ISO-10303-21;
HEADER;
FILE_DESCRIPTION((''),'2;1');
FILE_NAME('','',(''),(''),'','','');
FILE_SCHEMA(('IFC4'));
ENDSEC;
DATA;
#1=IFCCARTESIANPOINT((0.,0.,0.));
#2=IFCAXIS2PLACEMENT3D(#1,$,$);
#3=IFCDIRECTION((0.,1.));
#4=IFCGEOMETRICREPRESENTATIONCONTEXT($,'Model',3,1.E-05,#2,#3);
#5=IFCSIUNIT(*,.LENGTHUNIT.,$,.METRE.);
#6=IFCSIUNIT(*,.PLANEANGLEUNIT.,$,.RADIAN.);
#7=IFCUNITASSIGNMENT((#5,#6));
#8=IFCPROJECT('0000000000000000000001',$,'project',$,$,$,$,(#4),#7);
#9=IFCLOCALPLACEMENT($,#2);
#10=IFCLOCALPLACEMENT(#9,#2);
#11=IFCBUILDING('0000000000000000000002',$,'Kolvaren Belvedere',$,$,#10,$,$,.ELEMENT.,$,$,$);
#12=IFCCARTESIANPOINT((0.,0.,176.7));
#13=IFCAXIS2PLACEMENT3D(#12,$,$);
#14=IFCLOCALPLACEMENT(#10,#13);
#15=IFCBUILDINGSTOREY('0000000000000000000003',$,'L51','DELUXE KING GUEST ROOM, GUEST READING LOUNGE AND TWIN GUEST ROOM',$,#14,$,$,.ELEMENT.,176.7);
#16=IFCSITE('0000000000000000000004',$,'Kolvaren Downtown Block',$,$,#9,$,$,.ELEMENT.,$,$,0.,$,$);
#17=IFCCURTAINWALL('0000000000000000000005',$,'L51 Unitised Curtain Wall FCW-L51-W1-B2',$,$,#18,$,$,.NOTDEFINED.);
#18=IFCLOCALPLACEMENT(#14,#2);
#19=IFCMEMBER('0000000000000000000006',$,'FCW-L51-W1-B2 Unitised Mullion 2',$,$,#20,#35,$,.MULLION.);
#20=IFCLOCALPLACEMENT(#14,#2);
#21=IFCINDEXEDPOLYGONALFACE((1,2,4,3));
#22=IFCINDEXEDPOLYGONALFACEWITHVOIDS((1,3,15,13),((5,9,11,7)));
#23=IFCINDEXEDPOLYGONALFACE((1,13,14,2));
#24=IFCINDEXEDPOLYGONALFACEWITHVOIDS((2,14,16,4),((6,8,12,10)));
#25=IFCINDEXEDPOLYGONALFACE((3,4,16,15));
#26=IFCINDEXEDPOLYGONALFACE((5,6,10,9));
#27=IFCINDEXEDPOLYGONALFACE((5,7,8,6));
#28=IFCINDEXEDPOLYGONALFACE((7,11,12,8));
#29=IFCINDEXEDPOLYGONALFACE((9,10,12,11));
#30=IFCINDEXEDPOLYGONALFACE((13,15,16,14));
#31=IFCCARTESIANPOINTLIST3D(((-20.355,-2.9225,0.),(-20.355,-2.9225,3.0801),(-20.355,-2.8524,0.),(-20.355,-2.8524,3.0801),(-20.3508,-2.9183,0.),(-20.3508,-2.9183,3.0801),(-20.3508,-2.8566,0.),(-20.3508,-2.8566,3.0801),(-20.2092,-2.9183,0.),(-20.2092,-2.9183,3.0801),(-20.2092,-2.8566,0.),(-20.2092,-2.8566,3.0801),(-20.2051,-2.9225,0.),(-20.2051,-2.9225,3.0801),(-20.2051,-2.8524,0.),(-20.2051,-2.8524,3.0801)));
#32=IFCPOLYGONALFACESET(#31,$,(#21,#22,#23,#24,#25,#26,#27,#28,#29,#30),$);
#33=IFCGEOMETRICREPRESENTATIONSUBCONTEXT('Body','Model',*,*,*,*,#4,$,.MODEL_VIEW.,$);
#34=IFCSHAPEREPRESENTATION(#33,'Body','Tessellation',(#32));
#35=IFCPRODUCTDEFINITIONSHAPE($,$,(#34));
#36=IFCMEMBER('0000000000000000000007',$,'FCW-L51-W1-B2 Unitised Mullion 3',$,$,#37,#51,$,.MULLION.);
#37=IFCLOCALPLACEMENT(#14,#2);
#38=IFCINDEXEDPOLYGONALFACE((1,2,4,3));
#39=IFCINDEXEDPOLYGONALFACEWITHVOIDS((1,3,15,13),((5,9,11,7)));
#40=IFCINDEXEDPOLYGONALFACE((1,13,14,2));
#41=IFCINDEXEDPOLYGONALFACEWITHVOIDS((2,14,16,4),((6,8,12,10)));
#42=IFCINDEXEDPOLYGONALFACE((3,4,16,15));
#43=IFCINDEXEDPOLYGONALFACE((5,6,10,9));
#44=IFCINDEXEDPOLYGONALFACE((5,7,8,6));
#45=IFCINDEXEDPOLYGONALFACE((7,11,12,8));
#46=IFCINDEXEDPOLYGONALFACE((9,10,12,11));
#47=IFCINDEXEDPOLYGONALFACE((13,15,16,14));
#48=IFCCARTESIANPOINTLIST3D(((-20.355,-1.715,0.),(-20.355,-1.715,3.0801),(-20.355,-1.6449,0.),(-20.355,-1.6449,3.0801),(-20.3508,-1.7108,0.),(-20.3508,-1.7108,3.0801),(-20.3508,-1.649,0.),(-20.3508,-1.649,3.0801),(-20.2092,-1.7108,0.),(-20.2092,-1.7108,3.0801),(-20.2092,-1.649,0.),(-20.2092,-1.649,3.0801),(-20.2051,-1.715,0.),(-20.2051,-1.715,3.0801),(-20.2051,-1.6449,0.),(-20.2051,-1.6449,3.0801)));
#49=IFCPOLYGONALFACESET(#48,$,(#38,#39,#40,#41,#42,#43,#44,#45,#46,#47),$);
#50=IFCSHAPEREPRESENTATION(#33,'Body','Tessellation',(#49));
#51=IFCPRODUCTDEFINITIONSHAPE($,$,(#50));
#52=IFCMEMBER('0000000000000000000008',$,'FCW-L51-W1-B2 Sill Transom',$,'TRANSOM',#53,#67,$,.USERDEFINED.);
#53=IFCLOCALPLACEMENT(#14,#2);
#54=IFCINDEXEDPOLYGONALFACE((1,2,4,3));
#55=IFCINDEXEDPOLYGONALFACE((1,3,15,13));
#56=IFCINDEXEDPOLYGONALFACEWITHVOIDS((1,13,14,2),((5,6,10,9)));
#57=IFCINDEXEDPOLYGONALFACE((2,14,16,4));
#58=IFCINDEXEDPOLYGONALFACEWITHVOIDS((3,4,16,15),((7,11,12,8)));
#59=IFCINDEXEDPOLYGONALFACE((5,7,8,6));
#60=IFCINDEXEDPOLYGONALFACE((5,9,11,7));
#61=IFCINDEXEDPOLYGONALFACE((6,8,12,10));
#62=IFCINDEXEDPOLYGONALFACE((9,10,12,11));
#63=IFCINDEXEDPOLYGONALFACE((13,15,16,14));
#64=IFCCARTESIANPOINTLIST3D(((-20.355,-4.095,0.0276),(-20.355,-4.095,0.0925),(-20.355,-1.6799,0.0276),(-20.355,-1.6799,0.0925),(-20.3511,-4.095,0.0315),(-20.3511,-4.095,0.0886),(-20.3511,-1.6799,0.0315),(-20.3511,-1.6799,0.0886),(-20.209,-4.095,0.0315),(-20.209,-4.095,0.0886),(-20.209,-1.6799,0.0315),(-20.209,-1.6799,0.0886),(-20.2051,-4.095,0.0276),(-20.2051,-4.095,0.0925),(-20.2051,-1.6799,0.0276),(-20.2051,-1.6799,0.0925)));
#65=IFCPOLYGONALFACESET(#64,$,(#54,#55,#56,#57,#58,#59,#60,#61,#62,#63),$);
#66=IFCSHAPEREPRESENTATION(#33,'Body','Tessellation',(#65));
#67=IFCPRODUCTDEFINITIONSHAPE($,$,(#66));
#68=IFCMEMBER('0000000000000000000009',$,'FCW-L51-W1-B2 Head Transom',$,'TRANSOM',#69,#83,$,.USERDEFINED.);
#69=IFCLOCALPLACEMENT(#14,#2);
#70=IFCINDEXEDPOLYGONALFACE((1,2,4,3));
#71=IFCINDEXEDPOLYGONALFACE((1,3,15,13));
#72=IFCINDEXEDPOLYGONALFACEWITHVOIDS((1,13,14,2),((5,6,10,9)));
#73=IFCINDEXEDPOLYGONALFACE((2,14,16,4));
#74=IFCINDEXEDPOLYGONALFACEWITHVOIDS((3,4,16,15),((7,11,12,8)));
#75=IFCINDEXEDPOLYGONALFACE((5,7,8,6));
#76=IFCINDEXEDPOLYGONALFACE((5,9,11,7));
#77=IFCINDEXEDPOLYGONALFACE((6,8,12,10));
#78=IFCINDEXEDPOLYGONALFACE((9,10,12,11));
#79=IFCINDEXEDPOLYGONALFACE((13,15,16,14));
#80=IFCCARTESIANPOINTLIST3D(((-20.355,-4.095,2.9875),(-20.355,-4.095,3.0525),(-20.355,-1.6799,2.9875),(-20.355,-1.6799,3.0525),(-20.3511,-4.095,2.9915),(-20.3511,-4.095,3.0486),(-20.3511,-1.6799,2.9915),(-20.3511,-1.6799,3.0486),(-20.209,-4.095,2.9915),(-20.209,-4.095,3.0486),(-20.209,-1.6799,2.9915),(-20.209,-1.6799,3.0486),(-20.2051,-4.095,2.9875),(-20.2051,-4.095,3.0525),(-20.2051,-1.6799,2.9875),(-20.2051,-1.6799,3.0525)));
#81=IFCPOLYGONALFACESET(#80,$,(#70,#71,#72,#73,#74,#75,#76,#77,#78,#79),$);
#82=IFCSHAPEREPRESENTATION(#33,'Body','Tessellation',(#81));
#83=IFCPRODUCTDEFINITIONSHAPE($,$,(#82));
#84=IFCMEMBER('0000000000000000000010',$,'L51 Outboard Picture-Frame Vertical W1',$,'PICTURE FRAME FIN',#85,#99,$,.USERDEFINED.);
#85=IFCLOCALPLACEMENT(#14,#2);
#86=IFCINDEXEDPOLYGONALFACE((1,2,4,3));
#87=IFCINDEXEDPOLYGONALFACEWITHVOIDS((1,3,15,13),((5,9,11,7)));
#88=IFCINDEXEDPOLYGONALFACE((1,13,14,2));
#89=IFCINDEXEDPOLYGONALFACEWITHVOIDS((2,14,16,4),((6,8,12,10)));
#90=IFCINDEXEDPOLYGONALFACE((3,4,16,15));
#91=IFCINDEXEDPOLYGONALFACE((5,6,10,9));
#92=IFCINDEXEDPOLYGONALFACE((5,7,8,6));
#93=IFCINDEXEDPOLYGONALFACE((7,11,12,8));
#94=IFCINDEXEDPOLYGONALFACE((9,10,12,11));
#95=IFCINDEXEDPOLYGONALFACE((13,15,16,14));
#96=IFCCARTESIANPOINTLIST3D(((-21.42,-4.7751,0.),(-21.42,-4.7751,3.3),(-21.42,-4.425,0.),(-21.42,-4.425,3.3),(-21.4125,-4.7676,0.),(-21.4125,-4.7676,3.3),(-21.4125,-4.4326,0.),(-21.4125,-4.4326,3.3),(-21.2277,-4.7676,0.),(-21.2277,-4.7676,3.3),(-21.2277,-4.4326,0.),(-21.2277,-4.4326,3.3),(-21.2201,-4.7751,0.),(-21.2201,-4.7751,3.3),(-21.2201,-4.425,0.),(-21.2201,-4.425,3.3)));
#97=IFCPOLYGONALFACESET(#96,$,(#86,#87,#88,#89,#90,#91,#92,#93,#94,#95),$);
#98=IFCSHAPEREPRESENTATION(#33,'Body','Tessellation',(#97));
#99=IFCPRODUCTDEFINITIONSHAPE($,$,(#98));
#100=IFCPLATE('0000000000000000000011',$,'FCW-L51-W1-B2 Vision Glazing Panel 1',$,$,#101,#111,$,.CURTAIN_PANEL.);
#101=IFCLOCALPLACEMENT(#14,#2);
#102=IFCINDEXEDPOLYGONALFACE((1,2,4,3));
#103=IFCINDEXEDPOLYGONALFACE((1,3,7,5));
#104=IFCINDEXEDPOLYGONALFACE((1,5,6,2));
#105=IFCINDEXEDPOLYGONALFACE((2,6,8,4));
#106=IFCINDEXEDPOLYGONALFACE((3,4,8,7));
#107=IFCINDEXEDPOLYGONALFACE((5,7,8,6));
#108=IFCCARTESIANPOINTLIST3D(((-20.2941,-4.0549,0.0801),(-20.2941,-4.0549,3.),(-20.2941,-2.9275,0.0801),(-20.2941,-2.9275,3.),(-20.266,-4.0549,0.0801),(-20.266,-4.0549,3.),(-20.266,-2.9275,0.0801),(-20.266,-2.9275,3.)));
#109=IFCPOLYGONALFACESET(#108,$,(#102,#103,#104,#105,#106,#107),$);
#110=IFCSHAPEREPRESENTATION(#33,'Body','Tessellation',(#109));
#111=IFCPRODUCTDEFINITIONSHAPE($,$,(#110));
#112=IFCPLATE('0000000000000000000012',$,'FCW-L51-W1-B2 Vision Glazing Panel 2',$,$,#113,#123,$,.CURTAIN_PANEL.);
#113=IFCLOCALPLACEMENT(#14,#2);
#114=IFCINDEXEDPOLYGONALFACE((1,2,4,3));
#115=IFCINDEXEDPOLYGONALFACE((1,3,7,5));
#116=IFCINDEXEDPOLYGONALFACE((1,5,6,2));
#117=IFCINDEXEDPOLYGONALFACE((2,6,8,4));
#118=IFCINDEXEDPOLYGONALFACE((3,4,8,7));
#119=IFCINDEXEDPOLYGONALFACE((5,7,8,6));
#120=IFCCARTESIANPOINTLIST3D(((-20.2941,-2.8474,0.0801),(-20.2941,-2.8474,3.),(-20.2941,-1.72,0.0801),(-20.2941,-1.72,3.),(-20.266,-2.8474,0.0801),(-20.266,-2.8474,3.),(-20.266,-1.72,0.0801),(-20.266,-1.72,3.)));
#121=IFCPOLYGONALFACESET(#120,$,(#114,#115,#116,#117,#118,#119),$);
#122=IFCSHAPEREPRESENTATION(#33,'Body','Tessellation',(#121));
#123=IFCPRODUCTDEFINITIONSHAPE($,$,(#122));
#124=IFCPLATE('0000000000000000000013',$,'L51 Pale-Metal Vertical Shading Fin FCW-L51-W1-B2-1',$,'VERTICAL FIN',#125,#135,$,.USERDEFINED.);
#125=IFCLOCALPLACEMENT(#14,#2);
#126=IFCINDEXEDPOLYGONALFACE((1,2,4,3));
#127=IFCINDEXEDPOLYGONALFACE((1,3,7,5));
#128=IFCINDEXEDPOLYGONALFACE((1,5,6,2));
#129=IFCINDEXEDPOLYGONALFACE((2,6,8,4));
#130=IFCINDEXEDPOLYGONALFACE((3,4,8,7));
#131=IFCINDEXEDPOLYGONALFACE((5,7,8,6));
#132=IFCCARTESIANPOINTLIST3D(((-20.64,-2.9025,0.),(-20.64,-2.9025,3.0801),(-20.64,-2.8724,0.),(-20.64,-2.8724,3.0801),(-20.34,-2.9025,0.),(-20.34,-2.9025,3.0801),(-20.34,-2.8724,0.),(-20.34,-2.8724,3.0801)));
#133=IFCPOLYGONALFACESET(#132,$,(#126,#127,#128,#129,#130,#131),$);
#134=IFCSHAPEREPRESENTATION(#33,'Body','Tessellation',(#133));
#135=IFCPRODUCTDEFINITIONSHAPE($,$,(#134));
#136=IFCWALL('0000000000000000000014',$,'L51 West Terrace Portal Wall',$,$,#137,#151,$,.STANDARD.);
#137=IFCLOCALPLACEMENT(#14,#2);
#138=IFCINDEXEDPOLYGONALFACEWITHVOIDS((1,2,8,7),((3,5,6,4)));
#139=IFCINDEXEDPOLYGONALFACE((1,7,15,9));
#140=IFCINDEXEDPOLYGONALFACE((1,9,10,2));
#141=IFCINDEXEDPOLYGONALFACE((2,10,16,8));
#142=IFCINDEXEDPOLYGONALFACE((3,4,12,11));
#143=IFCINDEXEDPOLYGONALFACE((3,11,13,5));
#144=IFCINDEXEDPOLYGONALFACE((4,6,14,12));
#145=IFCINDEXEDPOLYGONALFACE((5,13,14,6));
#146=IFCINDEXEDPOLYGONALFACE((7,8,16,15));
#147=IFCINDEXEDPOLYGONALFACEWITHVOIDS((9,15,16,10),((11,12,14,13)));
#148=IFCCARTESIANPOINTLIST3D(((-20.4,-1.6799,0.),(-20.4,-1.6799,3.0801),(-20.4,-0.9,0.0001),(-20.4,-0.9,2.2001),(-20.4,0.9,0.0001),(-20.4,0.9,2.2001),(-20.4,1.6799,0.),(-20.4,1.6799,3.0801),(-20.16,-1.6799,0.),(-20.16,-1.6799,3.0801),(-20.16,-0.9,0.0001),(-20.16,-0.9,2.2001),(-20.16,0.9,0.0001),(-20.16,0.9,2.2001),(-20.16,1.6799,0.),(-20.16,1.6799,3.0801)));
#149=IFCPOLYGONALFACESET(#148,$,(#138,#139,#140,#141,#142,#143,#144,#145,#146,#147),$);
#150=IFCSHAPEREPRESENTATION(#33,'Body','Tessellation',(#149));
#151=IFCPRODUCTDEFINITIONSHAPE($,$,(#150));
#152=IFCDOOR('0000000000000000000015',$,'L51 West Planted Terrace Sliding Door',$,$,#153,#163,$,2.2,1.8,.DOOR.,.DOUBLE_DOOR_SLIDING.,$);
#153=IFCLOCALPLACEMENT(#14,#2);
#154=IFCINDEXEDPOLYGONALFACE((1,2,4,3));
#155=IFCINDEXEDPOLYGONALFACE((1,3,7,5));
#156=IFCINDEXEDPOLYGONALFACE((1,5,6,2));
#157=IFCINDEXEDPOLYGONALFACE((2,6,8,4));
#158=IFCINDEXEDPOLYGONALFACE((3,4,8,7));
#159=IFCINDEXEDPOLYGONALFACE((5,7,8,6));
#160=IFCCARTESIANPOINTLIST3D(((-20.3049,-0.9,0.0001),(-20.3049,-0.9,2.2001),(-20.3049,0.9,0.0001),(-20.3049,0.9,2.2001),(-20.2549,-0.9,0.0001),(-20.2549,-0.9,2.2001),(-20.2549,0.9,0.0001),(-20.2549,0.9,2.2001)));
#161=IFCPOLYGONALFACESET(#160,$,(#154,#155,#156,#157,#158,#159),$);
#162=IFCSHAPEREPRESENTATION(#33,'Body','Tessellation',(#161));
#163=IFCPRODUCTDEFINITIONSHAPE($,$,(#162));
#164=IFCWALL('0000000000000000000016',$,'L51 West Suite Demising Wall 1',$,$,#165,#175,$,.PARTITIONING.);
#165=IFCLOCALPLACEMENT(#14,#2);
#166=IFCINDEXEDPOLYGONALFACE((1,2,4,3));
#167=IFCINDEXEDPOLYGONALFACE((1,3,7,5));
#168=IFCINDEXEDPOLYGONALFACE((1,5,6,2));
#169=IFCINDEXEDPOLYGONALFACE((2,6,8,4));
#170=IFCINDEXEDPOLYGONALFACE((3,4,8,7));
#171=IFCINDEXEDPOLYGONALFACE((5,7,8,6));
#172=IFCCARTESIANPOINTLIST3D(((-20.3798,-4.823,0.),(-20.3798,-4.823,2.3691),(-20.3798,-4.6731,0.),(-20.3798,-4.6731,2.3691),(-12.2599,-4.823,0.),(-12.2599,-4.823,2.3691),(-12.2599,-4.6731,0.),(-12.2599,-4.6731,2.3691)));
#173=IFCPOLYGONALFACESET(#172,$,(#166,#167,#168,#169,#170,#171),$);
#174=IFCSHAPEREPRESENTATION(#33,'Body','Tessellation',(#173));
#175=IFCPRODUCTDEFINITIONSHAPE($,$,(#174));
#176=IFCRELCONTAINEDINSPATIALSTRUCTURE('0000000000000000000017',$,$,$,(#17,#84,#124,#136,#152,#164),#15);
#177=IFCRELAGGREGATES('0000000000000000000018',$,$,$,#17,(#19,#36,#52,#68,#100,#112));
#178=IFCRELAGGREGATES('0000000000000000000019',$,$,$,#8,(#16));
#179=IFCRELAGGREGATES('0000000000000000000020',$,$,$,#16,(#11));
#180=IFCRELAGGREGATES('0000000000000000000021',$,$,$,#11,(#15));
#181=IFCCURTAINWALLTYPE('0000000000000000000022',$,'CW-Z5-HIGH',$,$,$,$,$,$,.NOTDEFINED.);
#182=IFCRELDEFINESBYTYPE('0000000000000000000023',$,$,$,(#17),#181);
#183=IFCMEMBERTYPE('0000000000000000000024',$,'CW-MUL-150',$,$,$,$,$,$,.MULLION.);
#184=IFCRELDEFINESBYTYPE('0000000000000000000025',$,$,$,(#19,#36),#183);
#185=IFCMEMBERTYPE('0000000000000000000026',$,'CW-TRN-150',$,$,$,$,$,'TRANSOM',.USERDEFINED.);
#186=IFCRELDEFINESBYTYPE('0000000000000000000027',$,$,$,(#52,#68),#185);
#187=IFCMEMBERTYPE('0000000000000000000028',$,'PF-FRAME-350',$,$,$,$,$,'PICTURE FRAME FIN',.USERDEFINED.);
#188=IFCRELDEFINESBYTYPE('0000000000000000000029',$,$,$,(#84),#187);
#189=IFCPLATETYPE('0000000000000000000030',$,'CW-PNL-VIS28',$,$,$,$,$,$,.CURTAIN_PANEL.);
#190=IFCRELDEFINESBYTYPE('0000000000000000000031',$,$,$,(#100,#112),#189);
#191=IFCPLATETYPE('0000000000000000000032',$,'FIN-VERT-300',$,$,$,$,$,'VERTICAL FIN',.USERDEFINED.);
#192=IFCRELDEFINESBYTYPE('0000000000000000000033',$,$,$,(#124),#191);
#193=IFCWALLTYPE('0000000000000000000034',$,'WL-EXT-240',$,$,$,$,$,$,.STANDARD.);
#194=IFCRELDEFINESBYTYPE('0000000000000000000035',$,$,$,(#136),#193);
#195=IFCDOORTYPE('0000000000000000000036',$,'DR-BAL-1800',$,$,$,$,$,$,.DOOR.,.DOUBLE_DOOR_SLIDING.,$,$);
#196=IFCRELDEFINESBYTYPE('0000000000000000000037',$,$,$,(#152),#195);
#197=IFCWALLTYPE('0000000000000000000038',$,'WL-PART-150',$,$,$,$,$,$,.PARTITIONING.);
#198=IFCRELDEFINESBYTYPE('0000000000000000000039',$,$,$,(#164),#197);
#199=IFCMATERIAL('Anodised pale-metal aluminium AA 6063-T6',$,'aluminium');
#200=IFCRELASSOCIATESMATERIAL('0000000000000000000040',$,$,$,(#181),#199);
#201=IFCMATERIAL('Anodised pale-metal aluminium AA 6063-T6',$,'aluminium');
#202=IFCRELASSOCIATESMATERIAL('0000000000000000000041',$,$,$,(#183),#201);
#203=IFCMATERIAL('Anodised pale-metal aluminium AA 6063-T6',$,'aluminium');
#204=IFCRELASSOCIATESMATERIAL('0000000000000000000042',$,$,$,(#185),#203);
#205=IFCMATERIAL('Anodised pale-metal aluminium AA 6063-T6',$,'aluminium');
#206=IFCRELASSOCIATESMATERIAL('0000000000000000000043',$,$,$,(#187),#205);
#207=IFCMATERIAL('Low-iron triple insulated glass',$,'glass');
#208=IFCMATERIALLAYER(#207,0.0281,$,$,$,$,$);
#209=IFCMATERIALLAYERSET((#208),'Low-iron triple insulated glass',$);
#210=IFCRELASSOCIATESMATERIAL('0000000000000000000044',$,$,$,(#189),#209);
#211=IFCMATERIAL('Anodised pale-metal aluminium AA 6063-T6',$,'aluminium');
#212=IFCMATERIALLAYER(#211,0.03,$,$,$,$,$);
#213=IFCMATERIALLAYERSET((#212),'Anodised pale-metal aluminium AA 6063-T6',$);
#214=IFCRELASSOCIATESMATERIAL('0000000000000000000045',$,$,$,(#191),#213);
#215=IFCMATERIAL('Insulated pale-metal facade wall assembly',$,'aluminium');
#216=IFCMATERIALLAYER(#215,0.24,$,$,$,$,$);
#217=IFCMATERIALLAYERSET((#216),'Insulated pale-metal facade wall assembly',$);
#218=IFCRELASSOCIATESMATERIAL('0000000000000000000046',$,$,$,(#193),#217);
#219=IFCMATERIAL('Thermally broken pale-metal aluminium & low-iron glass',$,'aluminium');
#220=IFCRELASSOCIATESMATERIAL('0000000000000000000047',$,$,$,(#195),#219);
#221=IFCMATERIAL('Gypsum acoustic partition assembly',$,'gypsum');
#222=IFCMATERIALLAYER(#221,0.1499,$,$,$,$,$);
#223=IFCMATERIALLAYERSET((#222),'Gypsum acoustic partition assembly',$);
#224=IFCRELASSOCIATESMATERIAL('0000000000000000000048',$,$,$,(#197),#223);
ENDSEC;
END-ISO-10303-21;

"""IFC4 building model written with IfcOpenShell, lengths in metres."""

from ifc_helpers import new_model, si_unit, direction, frame, frame_2d, origin, origin_2d, place, context, subcontext, project, spatial, rectangle, hollow_rectangle, extrude, material, layer, layer_set, material_profile, profile_set, type_object, element, fill, aggregate, save


model = new_model("IFC4")

# Units and contexts
model_context = context("Model", 3, precision=1e-05, world=origin(), true_north=direction((0.0, 1.0)))
body_context = subcontext(model_context, "Body", "Model", "MODEL_VIEW")
ifc_project = project(units=[si_unit("LENGTHUNIT", "METRE"), si_unit("PLANEANGLEUNIT", "RADIAN")], contexts=[model_context])

# Site, building, storey
site_placement = place(None, origin())
site = spatial("IfcSite", under=ifc_project, at=site_placement, Name="Kolvaren Downtown Block", CompositionType="ELEMENT", RefElevation=0.0)
building_placement = place(site_placement, origin())
building = spatial("IfcBuilding", under=site, at=building_placement, Name="Kolvaren Belvedere", CompositionType="ELEMENT")
storey_placement = place(building_placement, frame((0.0, 0.0, 176.7)))
storey = spatial("IfcBuildingStorey", under=building, at=storey_placement, Name="L51", Description="DELUXE KING GUEST ROOM, GUEST READING LOUNGE AND TWIN GUEST ROOM", CompositionType="ELEMENT", Elevation=176.7)

# Curtain wall, members
ifc_material_1 = material(Name="Anodised pale-metal aluminium AA 6063-T6", Category="aluminium")
curtain_wall_type = type_object("IfcCurtainWallType", Name="CW-Z5-HIGH", PredefinedType="NOTDEFINED", material=ifc_material_1)
curtain_wall_placement = place(storey_placement, origin())
curtain_wall = element("IfcCurtainWall", 1, at=curtain_wall_placement, inside=storey, type_object=curtain_wall_type, Name="L51 Unitised Curtain Wall FCW-L51-W1-B2", PredefinedType="NOTDEFINED")
ifc_material_2 = material(Name="Anodised pale-metal aluminium AA 6063-T6", Category="aluminium")
ifc_material_profile_1 = material_profile(ifc_material_2, hollow_rectangle(XDim=0.0701, YDim=0.1499, WallThickness=0.0042, at=origin_2d()), Name="ALU-MUL-150X70")
ifc_profile_set_1 = profile_set([ifc_material_profile_1], Name="Anodised pale-metal aluminium AA 6063-T6")
member_type_1 = type_object("IfcMemberType", Name="CW-MUL-150", PredefinedType="MULLION", material=ifc_profile_set_1)
member_1_placement = place(storey_placement, frame((-20.28, -2.8875, 0.0), z_axis=(0.0, 0.0, 1.0), x_axis=(0.0, 1.0, 0.0)))
member_1 = element("IfcMember", 2, at=member_1_placement, type_object=member_type_1, Name="FCW-L51-W1-B2 Unitised Mullion 2", PredefinedType="MULLION", context=body_context, shape_type="SweptSolid", body=[
    extrude(hollow_rectangle(XDim=0.0701, YDim=0.1499, WallThickness=0.0042, at=origin_2d()), origin(), (0.0, 0.0, 1.0), 3.0801),
])
member_2_placement = place(storey_placement, frame((-20.28, -1.6799, 0.0), z_axis=(0.0, 0.0, 1.0), x_axis=(0.0, 1.0, 0.0)))
member_2 = element("IfcMember", 3, at=member_2_placement, type_object=member_type_1, Name="FCW-L51-W1-B2 Unitised Mullion 3", PredefinedType="MULLION", context=body_context, shape_type="SweptSolid", body=[
    extrude(hollow_rectangle(XDim=0.0701, YDim=0.1499, WallThickness=0.0042, at=origin_2d()), origin(), (0.0, 0.0, 1.0), 3.0801),
])
ifc_material_3 = material(Name="Anodised pale-metal aluminium AA 6063-T6", Category="aluminium")
ifc_material_profile_2 = material_profile(ifc_material_3, hollow_rectangle(XDim=0.0649, YDim=0.1499, WallThickness=0.0039, at=origin_2d()), Name="ALU-TRN-150X65")
ifc_profile_set_2 = profile_set([ifc_material_profile_2], Name="Anodised pale-metal aluminium AA 6063-T6")
member_type_2 = type_object("IfcMemberType", Name="CW-TRN-150", ElementType="TRANSOM", PredefinedType="USERDEFINED", material=ifc_profile_set_2)
member_3_placement = place(storey_placement, frame((-20.28, -4.095, 0.0601), z_axis=(0.0, 1.0, 0.0), x_axis=(0.0, 0.0, 1.0)))
member_3 = element("IfcMember", 4, at=member_3_placement, type_object=member_type_2, Name="FCW-L51-W1-B2 Sill Transom", ObjectType="TRANSOM", PredefinedType="USERDEFINED", context=body_context, shape_type="SweptSolid", body=[
    extrude(hollow_rectangle(XDim=0.0649, YDim=0.1499, WallThickness=0.0039, at=origin_2d()), origin(), (0.0, 0.0, 1.0), 2.415),
])
member_4_placement = place(storey_placement, frame((-20.28, -4.095, 3.02), z_axis=(0.0, 1.0, 0.0), x_axis=(0.0, 0.0, 1.0)))
member_4 = element("IfcMember", 5, at=member_4_placement, type_object=member_type_2, Name="FCW-L51-W1-B2 Head Transom", ObjectType="TRANSOM", PredefinedType="USERDEFINED", context=body_context, shape_type="SweptSolid", body=[
    extrude(hollow_rectangle(XDim=0.0649, YDim=0.1499, WallThickness=0.0039, at=origin_2d()), origin(), (0.0, 0.0, 1.0), 2.415),
])

# Member
ifc_material_4 = material(Name="Anodised pale-metal aluminium AA 6063-T6", Category="aluminium")
ifc_material_profile_3 = material_profile(ifc_material_4, hollow_rectangle(XDim=0.2, YDim=0.3501, WallThickness=0.0076, at=origin_2d()), Name="ALU-PF-350X200")
ifc_profile_set_3 = profile_set([ifc_material_profile_3], Name="Anodised pale-metal aluminium AA 6063-T6")
member_type_3 = type_object("IfcMemberType", Name="PF-FRAME-350", ElementType="PICTURE FRAME FIN", PredefinedType="USERDEFINED", material=ifc_profile_set_3)
member_5_placement = place(storey_placement, frame((-21.3201, -4.6001, 0.0), z_axis=(0.0, 0.0, 1.0), x_axis=(1.0, 0.0, 0.0)))
element("IfcMember", 6, at=member_5_placement, inside=storey, type_object=member_type_3, Name="L51 Outboard Picture-Frame Vertical W1", ObjectType="PICTURE FRAME FIN", PredefinedType="USERDEFINED", context=body_context, shape_type="SweptSolid", body=[
    extrude(hollow_rectangle(XDim=0.2, YDim=0.3501, WallThickness=0.0076, at=origin_2d()), origin(), (0.0, 0.0, 1.0), 3.3),
])

# Plates
ifc_material_5 = material(Name="Low-iron triple insulated glass", Category="glass")
ifc_layer_1 = layer(ifc_material_5, 0.0281)
ifc_layer_set_1 = layer_set([ifc_layer_1], Name="Low-iron triple insulated glass")
plate_type_1 = type_object("IfcPlateType", Name="CW-PNL-VIS28", PredefinedType="CURTAIN_PANEL", material=ifc_layer_set_1)
plate_1_placement = place(storey_placement, frame((-20.28, -3.4912, 0.0801), z_axis=(0.0, 0.0, 1.0), x_axis=(0.0, 1.0, 0.0)))
plate_1 = element("IfcPlate", 7, at=plate_1_placement, type_object=plate_type_1, Name="FCW-L51-W1-B2 Vision Glazing Panel 1", PredefinedType="CURTAIN_PANEL", context=body_context, shape_type="SweptSolid", body=[
    extrude(rectangle(XDim=1.1274, YDim=0.0281, at=origin_2d()), origin(), (0.0, 0.0, 1.0), 2.9199),
])
plate_2_placement = place(storey_placement, frame((-20.28, -2.2837, 0.0801), z_axis=(0.0, 0.0, 1.0), x_axis=(0.0, 1.0, 0.0)))
plate_2 = element("IfcPlate", 8, at=plate_2_placement, type_object=plate_type_1, Name="FCW-L51-W1-B2 Vision Glazing Panel 2", PredefinedType="CURTAIN_PANEL", context=body_context, shape_type="SweptSolid", body=[
    extrude(rectangle(XDim=1.1274, YDim=0.0281, at=origin_2d()), origin(), (0.0, 0.0, 1.0), 2.9199),
])
aggregate(curtain_wall, [member_1, member_2, member_3, member_4, plate_1, plate_2])
ifc_material_6 = material(Name="Anodised pale-metal aluminium AA 6063-T6", Category="aluminium")
ifc_layer_2 = layer(ifc_material_6, 0.03)
ifc_layer_set_2 = layer_set([ifc_layer_2], Name="Anodised pale-metal aluminium AA 6063-T6")
plate_type_2 = type_object("IfcPlateType", Name="FIN-VERT-300", ElementType="VERTICAL FIN", PredefinedType="USERDEFINED", material=ifc_layer_set_2)
plate_3_placement = place(storey_placement, frame((-20.49, -2.8875, 0.0), z_axis=(0.0, 0.0, 1.0), x_axis=(1.0, 0.0, 0.0)))
element("IfcPlate", 9, at=plate_3_placement, inside=storey, type_object=plate_type_2, Name="L51 Pale-Metal Vertical Shading Fin FCW-L51-W1-B2-1", ObjectType="VERTICAL FIN", PredefinedType="USERDEFINED", context=body_context, shape_type="SweptSolid", body=[
    extrude(rectangle(XDim=0.3, YDim=0.03, at=origin_2d()), origin(), (0.0, 0.0, 1.0), 3.0801),
])

# Wall, opening, door
ifc_material_7 = material(Name="Insulated pale-metal facade wall assembly", Category="aluminium")
ifc_layer_3 = layer(ifc_material_7, 0.24)
ifc_layer_set_3 = layer_set([ifc_layer_3], Name="Insulated pale-metal facade wall assembly")
wall_type_1 = type_object("IfcWallType", Name="WL-EXT-240", PredefinedType="STANDARD", material=ifc_layer_set_3)
wall_1_placement = place(storey_placement, frame((-20.28, -1.6799, 0.0), z_axis=(0.0, 0.0, 1.0), x_axis=(0.0, 1.0, 0.0)))
wall_1 = element("IfcWall", 10, at=wall_1_placement, inside=storey, type_object=wall_type_1, Name="L51 West Terrace Portal Wall", PredefinedType="STANDARD", context=body_context, shape_type="SweptSolid", body=[
    extrude(rectangle(XDim=3.3599, YDim=0.24, at=frame_2d((1.6799, 0.0))), origin(), (0.0, 0.0, 1.0), 3.0801),
])
opening_1_placement = place(wall_1_placement, frame((0.78, 0.0, 0.0)))
opening_1 = element("IfcOpeningElement", 11, at=opening_1_placement, cuts=wall_1, PredefinedType="OPENING", context=body_context, shape_type="SweptSolid", body=[
    extrude(rectangle(XDim=1.8, YDim=2.2, at=frame_2d((0.8999, 1.1001))), frame((0.0, 0.1299, 0.0), z_axis=(0.0, -1.0, 0.0), x_axis=(1.0, 0.0, 0.0)), (0.0, 0.0, 1.0), 0.26),
])
ifc_material_8 = material(Name="Thermally broken pale-metal aluminium & low-iron glass", Category="aluminium")
door_type_1 = type_object("IfcDoorType", Name="DR-BAL-1800", OperationType="DOUBLE_DOOR_SLIDING", PredefinedType="DOOR", material=ifc_material_8)
door_1_placement = place(opening_1_placement, origin())
door_1 = element("IfcDoor", 12, at=door_1_placement, inside=storey, type_object=door_type_1, Name="L51 West Planted Terrace Sliding Door", OperationType="DOUBLE_DOOR_SLIDING", OverallHeight=2.2, OverallWidth=1.8, PredefinedType="DOOR", context=body_context, shape_type="SweptSolid", body=[
    extrude(rectangle(XDim=1.8, YDim=2.2, at=frame_2d((0.8999, 1.1001))), frame((0.0, 0.0249, 0.0), z_axis=(0.0, -1.0, 0.0), x_axis=(1.0, 0.0, 0.0)), (0.0, 0.0, 1.0), 0.05),
])
fill(opening_1, door_1)

# Wall
ifc_material_9 = material(Name="Gypsum acoustic partition assembly", Category="gypsum")
ifc_layer_4 = layer(ifc_material_9, 0.1499)
ifc_layer_set_4 = layer_set([ifc_layer_4], Name="Gypsum acoustic partition assembly")
wall_type_2 = type_object("IfcWallType", Name="WL-PART-150", PredefinedType="PARTITIONING", material=ifc_layer_set_4)
wall_2_placement = place(storey_placement, frame((-20.3799, -4.748, 0.0), z_axis=(0.0, 0.0, 1.0), x_axis=(1.0, 0.0, 0.0)))
element("IfcWall", 13, at=wall_2_placement, inside=storey, type_object=wall_type_2, Name="L51 West Suite Demising Wall 1", PredefinedType="PARTITIONING", context=body_context, shape_type="SweptSolid", body=[
    extrude(rectangle(XDim=8.1199, YDim=0.1499, at=frame_2d((4.0601, 0.0))), origin(), (0.0, 0.0, 1.0), 2.3691),
])

save(model, "model.ifc")
